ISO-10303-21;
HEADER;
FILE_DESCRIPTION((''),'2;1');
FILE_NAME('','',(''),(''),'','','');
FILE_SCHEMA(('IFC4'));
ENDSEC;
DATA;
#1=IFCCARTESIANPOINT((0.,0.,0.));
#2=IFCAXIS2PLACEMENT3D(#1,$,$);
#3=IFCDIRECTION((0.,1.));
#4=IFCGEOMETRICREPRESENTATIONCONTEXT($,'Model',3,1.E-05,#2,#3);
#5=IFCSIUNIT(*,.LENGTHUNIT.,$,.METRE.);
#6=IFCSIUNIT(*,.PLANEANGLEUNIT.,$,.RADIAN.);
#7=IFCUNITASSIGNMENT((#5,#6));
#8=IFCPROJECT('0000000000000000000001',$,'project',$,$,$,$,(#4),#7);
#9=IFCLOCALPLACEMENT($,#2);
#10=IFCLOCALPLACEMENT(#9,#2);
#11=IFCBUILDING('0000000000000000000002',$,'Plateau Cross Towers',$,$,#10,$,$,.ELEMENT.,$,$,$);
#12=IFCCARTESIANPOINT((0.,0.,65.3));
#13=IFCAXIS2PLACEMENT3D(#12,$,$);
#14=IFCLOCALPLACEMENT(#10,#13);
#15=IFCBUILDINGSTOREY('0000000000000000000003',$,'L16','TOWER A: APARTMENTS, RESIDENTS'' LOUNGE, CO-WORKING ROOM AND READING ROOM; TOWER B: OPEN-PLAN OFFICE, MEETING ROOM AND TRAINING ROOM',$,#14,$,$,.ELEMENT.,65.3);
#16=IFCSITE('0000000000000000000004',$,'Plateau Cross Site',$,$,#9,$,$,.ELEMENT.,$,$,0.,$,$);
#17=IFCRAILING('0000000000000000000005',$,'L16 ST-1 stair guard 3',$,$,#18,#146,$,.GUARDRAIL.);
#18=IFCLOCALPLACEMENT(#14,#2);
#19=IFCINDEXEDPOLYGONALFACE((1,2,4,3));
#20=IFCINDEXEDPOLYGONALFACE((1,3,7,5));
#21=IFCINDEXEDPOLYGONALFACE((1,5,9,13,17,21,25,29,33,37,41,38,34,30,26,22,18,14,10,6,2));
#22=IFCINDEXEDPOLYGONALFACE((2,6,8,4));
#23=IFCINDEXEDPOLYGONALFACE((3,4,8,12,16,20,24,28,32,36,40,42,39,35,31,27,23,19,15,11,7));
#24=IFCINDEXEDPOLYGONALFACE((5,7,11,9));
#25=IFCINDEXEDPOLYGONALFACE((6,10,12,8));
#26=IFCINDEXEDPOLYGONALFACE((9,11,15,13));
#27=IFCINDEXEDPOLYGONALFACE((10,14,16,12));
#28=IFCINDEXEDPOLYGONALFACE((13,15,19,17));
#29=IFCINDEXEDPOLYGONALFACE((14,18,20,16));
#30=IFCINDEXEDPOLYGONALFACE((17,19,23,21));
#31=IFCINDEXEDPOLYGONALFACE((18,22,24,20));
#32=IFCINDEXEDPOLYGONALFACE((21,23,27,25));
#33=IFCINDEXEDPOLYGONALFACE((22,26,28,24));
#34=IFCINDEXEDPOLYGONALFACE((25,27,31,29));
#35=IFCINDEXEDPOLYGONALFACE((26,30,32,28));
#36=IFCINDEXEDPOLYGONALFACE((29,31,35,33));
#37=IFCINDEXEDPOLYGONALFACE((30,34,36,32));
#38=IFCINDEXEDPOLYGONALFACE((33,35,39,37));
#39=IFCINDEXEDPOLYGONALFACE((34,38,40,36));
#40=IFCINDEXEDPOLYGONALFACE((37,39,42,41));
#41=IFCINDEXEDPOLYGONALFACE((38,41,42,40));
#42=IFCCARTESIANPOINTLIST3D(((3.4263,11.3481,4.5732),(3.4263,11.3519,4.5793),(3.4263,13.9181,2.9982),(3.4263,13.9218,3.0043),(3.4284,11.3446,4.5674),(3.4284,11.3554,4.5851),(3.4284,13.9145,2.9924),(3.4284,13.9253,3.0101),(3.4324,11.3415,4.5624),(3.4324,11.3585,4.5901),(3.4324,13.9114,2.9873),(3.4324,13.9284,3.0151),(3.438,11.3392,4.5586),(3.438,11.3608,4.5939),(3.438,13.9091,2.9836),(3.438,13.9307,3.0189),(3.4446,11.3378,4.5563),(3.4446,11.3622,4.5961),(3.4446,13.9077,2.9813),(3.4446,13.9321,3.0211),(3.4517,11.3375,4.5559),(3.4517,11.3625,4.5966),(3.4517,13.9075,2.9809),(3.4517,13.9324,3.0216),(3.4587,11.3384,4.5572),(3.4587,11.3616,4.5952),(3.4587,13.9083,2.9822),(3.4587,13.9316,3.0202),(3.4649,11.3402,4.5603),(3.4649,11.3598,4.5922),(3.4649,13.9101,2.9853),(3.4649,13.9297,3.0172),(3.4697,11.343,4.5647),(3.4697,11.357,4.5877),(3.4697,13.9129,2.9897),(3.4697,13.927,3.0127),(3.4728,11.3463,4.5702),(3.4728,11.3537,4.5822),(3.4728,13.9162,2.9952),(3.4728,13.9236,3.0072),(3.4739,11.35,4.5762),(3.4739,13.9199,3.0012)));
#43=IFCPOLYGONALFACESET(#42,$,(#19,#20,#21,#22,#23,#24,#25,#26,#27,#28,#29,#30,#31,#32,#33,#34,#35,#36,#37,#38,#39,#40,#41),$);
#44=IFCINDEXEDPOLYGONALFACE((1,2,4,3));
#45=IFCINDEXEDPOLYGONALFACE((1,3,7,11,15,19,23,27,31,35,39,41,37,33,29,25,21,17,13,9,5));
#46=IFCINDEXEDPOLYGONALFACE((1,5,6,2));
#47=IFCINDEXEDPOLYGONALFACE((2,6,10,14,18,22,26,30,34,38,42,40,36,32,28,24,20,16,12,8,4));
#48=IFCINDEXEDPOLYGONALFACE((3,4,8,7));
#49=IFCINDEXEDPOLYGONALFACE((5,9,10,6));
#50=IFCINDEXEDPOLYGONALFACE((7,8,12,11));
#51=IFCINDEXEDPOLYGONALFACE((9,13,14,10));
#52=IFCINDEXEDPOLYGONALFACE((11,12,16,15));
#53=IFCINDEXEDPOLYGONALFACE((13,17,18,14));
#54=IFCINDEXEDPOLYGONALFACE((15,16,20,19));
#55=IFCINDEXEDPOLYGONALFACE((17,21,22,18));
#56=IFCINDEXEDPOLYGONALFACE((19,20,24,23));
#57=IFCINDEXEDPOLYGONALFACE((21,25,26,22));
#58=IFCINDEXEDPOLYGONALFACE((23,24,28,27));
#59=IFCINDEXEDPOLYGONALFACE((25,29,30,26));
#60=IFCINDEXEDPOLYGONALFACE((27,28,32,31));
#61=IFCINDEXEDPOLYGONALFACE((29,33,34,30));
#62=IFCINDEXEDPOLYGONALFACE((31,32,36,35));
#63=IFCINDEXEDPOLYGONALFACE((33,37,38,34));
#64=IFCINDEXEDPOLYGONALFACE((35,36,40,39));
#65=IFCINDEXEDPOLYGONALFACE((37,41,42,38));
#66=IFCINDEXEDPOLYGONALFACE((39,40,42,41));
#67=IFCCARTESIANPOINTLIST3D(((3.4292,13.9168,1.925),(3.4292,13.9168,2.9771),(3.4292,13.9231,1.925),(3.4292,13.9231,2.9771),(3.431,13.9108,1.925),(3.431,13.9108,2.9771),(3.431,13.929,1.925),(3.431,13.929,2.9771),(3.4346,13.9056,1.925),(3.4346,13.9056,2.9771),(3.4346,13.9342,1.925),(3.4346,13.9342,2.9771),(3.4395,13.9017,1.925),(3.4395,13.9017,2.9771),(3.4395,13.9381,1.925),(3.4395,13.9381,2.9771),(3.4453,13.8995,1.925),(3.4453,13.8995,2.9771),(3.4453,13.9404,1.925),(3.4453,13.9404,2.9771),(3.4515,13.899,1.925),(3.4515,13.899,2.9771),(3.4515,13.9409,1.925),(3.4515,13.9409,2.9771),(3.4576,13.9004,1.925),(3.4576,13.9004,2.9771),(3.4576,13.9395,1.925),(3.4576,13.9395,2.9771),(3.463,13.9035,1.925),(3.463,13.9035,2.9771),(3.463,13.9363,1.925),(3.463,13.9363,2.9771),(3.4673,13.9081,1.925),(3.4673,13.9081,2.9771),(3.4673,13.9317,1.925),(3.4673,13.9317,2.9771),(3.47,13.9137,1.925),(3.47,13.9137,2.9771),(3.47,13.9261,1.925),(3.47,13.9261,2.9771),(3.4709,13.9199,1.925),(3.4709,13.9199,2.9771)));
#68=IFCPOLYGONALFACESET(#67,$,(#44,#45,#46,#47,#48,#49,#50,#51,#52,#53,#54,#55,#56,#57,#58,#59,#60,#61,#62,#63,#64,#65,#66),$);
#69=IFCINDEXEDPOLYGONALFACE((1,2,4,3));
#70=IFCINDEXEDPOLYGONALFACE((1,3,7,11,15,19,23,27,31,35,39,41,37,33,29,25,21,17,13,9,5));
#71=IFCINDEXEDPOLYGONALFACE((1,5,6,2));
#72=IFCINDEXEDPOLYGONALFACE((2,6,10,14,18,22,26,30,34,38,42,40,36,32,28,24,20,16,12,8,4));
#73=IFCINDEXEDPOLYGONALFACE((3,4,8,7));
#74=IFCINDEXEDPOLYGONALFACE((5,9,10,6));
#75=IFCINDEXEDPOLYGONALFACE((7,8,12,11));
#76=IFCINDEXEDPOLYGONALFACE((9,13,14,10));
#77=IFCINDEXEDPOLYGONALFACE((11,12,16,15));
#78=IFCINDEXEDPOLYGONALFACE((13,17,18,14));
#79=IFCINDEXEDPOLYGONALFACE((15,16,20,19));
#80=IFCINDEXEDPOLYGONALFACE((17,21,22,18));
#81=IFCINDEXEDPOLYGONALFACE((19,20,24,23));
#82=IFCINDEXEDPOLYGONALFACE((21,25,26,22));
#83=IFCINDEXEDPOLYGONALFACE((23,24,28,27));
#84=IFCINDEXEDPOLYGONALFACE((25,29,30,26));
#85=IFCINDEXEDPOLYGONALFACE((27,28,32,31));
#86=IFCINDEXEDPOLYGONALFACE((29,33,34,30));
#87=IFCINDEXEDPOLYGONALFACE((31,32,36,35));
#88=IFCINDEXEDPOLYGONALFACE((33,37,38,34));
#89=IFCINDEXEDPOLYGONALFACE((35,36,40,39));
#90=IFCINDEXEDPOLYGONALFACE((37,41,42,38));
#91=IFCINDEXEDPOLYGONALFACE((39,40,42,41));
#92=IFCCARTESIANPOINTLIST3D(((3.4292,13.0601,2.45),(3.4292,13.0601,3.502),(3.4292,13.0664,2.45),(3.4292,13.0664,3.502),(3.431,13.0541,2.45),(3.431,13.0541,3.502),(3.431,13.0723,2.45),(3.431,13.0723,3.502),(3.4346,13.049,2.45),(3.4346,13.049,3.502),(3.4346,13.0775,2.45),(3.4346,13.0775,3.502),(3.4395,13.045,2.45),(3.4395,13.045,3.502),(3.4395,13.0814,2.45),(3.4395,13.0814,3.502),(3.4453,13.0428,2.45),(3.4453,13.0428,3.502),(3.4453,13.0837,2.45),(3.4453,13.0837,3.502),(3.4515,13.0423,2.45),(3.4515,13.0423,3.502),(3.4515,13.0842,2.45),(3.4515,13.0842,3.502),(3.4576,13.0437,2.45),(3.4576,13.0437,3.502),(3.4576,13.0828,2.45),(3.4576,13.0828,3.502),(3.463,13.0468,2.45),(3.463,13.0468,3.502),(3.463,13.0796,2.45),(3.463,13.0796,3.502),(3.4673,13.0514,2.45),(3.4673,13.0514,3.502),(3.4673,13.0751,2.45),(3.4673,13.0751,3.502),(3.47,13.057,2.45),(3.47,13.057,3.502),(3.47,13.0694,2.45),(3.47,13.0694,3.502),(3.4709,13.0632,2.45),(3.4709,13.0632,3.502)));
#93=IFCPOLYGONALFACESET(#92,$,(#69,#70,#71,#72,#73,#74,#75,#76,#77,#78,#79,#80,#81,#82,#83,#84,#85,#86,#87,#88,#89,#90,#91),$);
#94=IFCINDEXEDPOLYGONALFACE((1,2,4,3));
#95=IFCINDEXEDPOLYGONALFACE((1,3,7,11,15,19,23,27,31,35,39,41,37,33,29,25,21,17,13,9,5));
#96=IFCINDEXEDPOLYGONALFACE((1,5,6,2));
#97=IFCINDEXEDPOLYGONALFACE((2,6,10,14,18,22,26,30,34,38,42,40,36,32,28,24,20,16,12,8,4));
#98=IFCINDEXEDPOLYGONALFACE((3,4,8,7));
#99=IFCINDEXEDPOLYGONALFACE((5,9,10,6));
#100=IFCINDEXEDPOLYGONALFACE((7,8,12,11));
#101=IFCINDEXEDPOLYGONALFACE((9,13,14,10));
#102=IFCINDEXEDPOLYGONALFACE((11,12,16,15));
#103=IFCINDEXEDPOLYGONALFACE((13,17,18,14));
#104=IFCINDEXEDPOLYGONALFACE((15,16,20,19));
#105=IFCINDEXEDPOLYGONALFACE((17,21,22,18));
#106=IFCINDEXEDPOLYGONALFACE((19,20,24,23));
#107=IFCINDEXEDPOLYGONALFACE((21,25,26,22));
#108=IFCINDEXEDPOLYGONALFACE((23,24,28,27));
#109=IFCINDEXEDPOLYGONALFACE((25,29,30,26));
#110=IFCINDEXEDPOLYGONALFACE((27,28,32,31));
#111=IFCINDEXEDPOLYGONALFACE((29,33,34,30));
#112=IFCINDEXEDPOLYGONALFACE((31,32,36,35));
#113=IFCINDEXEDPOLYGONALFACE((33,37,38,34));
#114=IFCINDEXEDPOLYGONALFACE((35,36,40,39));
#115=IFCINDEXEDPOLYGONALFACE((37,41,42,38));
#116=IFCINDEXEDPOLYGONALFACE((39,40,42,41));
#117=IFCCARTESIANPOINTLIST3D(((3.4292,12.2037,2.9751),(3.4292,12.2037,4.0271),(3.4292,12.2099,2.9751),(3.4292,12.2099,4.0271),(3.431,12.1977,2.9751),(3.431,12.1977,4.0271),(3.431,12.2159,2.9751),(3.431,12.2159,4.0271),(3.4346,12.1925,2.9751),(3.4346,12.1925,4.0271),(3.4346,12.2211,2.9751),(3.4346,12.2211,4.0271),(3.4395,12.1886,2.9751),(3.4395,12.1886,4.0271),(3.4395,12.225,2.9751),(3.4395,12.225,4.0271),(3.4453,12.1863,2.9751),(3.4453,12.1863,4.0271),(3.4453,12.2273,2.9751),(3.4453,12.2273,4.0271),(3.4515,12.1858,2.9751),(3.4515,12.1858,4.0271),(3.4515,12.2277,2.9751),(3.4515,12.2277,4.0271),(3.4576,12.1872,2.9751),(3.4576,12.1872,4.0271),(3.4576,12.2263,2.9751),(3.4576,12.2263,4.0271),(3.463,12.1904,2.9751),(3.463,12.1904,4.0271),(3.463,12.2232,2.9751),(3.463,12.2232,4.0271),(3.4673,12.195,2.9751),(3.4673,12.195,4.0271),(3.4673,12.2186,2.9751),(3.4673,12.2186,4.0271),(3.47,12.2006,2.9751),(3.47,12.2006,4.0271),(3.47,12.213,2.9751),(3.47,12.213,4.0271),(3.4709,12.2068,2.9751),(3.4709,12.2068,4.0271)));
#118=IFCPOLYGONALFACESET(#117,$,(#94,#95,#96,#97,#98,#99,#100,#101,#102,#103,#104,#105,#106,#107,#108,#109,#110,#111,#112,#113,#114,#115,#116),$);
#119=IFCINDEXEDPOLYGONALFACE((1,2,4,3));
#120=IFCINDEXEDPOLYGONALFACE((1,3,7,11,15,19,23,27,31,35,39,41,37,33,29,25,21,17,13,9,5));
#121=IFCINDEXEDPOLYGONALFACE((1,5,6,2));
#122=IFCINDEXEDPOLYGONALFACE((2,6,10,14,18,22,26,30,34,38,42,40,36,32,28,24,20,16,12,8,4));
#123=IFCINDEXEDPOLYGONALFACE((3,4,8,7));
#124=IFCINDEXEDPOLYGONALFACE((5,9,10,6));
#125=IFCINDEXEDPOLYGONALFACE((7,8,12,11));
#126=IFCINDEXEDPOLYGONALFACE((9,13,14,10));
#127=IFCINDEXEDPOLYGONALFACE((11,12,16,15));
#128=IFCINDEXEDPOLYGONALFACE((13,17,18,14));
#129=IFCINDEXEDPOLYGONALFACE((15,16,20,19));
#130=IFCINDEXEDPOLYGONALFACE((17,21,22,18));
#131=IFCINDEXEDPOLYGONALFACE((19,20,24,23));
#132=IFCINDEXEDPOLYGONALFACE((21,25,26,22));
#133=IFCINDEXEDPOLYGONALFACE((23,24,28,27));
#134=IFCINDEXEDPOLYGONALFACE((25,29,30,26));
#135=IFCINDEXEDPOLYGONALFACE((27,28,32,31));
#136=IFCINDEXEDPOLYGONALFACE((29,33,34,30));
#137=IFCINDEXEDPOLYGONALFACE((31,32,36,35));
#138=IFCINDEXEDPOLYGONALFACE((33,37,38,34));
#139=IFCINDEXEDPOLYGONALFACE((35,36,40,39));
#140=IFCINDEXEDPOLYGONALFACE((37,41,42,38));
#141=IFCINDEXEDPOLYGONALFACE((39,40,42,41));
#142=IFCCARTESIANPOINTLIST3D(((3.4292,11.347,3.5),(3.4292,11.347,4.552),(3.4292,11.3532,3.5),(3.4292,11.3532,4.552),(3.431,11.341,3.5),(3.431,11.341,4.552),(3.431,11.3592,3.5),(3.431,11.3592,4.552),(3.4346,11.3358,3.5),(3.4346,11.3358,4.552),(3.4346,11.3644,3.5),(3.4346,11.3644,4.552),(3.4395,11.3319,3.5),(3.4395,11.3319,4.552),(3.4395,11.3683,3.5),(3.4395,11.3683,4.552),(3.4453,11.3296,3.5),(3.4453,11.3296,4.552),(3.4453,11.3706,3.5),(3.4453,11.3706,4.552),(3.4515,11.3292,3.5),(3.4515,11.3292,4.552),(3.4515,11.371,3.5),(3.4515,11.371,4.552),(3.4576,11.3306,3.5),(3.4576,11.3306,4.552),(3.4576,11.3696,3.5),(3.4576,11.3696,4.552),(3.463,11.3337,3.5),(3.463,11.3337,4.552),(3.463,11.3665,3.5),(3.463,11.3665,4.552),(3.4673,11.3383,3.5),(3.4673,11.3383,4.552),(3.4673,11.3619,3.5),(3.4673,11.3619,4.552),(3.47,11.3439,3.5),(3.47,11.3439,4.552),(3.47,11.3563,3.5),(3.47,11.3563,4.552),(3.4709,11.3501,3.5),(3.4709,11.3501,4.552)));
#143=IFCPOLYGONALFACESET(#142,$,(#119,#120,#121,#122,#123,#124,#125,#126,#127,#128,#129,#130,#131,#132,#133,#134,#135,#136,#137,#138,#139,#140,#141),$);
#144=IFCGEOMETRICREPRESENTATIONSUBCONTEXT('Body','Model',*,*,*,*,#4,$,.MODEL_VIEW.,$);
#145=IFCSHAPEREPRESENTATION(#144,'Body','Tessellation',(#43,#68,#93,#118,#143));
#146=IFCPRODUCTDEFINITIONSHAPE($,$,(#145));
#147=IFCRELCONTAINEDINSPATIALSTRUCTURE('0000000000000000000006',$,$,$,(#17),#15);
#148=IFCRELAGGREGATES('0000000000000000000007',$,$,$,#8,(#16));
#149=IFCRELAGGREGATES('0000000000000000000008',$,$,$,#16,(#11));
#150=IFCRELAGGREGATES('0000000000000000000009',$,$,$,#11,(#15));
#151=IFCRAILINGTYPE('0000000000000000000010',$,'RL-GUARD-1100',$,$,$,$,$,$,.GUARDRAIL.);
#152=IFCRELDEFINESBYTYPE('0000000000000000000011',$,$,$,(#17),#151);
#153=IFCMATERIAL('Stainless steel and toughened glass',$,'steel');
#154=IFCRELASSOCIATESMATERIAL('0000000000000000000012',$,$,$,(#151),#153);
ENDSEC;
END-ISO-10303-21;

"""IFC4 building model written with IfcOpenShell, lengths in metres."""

from ifc_helpers import new_model, si_unit, direction, frame, origin, origin_2d, place, context, subcontext, project, spatial, circle, extrude, material, type_object, element, save


model = new_model("IFC4")

# Units and contexts
model_context = context("Model", 3, precision=1e-05, world=origin(), true_north=direction((0.0, 1.0)))
body_context = subcontext(model_context, "Body", "Model", "MODEL_VIEW")
ifc_project = project(units=[si_unit("LENGTHUNIT", "METRE"), si_unit("PLANEANGLEUNIT", "RADIAN")], contexts=[model_context])

# Site, building, storey
site_placement = place(None, origin())
site = spatial("IfcSite", under=ifc_project, at=site_placement, Name="Plateau Cross Site", CompositionType="ELEMENT", RefElevation=0.0)
building_placement = place(site_placement, origin())
building = spatial("IfcBuilding", under=site, at=building_placement, Name="Plateau Cross Towers", CompositionType="ELEMENT")
storey_placement = place(building_placement, frame((0.0, 0.0, 65.3)))
storey = spatial("IfcBuildingStorey", under=building, at=storey_placement, Name="L16", Description="TOWER A: APARTMENTS, RESIDENTS' LOUNGE, CO-WORKING ROOM AND READING ROOM; TOWER B: OPEN-PLAN OFFICE, MEETING ROOM AND TRAINING ROOM", CompositionType="ELEMENT", Elevation=65.3)

# Railing
ifc_material_1 = material(Name="Stainless steel and toughened glass", Category="steel")
railing_type_1 = type_object("IfcRailingType", Name="RL-GUARD-1100", PredefinedType="GUARDRAIL", material=ifc_material_1)
railing_1_placement = place(storey_placement, frame((3.45, 13.9199, 1.925)))
element("IfcRailing", 1, at=railing_1_placement, inside=storey, type_object=railing_type_1, Name="L16 ST-1 stair guard 3", PredefinedType="GUARDRAIL", context=body_context, shape_type="SweptSolid", body=[
    extrude(circle(Radius=0.0239, at=origin_2d()), frame((0.0, 0.0, 1.0762), z_axis=(0.0, -0.852616, 0.522537), x_axis=(1.0, 0.0, 0.0)), (0.0, 0.0, 1.0), 3.0142),
    extrude(circle(Radius=0.021, at=origin_2d()), origin(), (0.0, 0.0, 1.0), 1.052),
    extrude(circle(Radius=0.021, at=origin_2d()), frame((0.0, -0.8567, 0.5249)), (0.0, 0.0, 1.0), 1.052),
    extrude(circle(Radius=0.021, at=origin_2d()), frame((0.0, -1.7131, 1.05)), (0.0, 0.0, 1.0), 1.052),
    extrude(circle(Radius=0.021, at=origin_2d()), frame((0.0, -2.5698, 1.575)), (0.0, 0.0, 1.0), 1.052),
])

save(model, "model.ifc")
